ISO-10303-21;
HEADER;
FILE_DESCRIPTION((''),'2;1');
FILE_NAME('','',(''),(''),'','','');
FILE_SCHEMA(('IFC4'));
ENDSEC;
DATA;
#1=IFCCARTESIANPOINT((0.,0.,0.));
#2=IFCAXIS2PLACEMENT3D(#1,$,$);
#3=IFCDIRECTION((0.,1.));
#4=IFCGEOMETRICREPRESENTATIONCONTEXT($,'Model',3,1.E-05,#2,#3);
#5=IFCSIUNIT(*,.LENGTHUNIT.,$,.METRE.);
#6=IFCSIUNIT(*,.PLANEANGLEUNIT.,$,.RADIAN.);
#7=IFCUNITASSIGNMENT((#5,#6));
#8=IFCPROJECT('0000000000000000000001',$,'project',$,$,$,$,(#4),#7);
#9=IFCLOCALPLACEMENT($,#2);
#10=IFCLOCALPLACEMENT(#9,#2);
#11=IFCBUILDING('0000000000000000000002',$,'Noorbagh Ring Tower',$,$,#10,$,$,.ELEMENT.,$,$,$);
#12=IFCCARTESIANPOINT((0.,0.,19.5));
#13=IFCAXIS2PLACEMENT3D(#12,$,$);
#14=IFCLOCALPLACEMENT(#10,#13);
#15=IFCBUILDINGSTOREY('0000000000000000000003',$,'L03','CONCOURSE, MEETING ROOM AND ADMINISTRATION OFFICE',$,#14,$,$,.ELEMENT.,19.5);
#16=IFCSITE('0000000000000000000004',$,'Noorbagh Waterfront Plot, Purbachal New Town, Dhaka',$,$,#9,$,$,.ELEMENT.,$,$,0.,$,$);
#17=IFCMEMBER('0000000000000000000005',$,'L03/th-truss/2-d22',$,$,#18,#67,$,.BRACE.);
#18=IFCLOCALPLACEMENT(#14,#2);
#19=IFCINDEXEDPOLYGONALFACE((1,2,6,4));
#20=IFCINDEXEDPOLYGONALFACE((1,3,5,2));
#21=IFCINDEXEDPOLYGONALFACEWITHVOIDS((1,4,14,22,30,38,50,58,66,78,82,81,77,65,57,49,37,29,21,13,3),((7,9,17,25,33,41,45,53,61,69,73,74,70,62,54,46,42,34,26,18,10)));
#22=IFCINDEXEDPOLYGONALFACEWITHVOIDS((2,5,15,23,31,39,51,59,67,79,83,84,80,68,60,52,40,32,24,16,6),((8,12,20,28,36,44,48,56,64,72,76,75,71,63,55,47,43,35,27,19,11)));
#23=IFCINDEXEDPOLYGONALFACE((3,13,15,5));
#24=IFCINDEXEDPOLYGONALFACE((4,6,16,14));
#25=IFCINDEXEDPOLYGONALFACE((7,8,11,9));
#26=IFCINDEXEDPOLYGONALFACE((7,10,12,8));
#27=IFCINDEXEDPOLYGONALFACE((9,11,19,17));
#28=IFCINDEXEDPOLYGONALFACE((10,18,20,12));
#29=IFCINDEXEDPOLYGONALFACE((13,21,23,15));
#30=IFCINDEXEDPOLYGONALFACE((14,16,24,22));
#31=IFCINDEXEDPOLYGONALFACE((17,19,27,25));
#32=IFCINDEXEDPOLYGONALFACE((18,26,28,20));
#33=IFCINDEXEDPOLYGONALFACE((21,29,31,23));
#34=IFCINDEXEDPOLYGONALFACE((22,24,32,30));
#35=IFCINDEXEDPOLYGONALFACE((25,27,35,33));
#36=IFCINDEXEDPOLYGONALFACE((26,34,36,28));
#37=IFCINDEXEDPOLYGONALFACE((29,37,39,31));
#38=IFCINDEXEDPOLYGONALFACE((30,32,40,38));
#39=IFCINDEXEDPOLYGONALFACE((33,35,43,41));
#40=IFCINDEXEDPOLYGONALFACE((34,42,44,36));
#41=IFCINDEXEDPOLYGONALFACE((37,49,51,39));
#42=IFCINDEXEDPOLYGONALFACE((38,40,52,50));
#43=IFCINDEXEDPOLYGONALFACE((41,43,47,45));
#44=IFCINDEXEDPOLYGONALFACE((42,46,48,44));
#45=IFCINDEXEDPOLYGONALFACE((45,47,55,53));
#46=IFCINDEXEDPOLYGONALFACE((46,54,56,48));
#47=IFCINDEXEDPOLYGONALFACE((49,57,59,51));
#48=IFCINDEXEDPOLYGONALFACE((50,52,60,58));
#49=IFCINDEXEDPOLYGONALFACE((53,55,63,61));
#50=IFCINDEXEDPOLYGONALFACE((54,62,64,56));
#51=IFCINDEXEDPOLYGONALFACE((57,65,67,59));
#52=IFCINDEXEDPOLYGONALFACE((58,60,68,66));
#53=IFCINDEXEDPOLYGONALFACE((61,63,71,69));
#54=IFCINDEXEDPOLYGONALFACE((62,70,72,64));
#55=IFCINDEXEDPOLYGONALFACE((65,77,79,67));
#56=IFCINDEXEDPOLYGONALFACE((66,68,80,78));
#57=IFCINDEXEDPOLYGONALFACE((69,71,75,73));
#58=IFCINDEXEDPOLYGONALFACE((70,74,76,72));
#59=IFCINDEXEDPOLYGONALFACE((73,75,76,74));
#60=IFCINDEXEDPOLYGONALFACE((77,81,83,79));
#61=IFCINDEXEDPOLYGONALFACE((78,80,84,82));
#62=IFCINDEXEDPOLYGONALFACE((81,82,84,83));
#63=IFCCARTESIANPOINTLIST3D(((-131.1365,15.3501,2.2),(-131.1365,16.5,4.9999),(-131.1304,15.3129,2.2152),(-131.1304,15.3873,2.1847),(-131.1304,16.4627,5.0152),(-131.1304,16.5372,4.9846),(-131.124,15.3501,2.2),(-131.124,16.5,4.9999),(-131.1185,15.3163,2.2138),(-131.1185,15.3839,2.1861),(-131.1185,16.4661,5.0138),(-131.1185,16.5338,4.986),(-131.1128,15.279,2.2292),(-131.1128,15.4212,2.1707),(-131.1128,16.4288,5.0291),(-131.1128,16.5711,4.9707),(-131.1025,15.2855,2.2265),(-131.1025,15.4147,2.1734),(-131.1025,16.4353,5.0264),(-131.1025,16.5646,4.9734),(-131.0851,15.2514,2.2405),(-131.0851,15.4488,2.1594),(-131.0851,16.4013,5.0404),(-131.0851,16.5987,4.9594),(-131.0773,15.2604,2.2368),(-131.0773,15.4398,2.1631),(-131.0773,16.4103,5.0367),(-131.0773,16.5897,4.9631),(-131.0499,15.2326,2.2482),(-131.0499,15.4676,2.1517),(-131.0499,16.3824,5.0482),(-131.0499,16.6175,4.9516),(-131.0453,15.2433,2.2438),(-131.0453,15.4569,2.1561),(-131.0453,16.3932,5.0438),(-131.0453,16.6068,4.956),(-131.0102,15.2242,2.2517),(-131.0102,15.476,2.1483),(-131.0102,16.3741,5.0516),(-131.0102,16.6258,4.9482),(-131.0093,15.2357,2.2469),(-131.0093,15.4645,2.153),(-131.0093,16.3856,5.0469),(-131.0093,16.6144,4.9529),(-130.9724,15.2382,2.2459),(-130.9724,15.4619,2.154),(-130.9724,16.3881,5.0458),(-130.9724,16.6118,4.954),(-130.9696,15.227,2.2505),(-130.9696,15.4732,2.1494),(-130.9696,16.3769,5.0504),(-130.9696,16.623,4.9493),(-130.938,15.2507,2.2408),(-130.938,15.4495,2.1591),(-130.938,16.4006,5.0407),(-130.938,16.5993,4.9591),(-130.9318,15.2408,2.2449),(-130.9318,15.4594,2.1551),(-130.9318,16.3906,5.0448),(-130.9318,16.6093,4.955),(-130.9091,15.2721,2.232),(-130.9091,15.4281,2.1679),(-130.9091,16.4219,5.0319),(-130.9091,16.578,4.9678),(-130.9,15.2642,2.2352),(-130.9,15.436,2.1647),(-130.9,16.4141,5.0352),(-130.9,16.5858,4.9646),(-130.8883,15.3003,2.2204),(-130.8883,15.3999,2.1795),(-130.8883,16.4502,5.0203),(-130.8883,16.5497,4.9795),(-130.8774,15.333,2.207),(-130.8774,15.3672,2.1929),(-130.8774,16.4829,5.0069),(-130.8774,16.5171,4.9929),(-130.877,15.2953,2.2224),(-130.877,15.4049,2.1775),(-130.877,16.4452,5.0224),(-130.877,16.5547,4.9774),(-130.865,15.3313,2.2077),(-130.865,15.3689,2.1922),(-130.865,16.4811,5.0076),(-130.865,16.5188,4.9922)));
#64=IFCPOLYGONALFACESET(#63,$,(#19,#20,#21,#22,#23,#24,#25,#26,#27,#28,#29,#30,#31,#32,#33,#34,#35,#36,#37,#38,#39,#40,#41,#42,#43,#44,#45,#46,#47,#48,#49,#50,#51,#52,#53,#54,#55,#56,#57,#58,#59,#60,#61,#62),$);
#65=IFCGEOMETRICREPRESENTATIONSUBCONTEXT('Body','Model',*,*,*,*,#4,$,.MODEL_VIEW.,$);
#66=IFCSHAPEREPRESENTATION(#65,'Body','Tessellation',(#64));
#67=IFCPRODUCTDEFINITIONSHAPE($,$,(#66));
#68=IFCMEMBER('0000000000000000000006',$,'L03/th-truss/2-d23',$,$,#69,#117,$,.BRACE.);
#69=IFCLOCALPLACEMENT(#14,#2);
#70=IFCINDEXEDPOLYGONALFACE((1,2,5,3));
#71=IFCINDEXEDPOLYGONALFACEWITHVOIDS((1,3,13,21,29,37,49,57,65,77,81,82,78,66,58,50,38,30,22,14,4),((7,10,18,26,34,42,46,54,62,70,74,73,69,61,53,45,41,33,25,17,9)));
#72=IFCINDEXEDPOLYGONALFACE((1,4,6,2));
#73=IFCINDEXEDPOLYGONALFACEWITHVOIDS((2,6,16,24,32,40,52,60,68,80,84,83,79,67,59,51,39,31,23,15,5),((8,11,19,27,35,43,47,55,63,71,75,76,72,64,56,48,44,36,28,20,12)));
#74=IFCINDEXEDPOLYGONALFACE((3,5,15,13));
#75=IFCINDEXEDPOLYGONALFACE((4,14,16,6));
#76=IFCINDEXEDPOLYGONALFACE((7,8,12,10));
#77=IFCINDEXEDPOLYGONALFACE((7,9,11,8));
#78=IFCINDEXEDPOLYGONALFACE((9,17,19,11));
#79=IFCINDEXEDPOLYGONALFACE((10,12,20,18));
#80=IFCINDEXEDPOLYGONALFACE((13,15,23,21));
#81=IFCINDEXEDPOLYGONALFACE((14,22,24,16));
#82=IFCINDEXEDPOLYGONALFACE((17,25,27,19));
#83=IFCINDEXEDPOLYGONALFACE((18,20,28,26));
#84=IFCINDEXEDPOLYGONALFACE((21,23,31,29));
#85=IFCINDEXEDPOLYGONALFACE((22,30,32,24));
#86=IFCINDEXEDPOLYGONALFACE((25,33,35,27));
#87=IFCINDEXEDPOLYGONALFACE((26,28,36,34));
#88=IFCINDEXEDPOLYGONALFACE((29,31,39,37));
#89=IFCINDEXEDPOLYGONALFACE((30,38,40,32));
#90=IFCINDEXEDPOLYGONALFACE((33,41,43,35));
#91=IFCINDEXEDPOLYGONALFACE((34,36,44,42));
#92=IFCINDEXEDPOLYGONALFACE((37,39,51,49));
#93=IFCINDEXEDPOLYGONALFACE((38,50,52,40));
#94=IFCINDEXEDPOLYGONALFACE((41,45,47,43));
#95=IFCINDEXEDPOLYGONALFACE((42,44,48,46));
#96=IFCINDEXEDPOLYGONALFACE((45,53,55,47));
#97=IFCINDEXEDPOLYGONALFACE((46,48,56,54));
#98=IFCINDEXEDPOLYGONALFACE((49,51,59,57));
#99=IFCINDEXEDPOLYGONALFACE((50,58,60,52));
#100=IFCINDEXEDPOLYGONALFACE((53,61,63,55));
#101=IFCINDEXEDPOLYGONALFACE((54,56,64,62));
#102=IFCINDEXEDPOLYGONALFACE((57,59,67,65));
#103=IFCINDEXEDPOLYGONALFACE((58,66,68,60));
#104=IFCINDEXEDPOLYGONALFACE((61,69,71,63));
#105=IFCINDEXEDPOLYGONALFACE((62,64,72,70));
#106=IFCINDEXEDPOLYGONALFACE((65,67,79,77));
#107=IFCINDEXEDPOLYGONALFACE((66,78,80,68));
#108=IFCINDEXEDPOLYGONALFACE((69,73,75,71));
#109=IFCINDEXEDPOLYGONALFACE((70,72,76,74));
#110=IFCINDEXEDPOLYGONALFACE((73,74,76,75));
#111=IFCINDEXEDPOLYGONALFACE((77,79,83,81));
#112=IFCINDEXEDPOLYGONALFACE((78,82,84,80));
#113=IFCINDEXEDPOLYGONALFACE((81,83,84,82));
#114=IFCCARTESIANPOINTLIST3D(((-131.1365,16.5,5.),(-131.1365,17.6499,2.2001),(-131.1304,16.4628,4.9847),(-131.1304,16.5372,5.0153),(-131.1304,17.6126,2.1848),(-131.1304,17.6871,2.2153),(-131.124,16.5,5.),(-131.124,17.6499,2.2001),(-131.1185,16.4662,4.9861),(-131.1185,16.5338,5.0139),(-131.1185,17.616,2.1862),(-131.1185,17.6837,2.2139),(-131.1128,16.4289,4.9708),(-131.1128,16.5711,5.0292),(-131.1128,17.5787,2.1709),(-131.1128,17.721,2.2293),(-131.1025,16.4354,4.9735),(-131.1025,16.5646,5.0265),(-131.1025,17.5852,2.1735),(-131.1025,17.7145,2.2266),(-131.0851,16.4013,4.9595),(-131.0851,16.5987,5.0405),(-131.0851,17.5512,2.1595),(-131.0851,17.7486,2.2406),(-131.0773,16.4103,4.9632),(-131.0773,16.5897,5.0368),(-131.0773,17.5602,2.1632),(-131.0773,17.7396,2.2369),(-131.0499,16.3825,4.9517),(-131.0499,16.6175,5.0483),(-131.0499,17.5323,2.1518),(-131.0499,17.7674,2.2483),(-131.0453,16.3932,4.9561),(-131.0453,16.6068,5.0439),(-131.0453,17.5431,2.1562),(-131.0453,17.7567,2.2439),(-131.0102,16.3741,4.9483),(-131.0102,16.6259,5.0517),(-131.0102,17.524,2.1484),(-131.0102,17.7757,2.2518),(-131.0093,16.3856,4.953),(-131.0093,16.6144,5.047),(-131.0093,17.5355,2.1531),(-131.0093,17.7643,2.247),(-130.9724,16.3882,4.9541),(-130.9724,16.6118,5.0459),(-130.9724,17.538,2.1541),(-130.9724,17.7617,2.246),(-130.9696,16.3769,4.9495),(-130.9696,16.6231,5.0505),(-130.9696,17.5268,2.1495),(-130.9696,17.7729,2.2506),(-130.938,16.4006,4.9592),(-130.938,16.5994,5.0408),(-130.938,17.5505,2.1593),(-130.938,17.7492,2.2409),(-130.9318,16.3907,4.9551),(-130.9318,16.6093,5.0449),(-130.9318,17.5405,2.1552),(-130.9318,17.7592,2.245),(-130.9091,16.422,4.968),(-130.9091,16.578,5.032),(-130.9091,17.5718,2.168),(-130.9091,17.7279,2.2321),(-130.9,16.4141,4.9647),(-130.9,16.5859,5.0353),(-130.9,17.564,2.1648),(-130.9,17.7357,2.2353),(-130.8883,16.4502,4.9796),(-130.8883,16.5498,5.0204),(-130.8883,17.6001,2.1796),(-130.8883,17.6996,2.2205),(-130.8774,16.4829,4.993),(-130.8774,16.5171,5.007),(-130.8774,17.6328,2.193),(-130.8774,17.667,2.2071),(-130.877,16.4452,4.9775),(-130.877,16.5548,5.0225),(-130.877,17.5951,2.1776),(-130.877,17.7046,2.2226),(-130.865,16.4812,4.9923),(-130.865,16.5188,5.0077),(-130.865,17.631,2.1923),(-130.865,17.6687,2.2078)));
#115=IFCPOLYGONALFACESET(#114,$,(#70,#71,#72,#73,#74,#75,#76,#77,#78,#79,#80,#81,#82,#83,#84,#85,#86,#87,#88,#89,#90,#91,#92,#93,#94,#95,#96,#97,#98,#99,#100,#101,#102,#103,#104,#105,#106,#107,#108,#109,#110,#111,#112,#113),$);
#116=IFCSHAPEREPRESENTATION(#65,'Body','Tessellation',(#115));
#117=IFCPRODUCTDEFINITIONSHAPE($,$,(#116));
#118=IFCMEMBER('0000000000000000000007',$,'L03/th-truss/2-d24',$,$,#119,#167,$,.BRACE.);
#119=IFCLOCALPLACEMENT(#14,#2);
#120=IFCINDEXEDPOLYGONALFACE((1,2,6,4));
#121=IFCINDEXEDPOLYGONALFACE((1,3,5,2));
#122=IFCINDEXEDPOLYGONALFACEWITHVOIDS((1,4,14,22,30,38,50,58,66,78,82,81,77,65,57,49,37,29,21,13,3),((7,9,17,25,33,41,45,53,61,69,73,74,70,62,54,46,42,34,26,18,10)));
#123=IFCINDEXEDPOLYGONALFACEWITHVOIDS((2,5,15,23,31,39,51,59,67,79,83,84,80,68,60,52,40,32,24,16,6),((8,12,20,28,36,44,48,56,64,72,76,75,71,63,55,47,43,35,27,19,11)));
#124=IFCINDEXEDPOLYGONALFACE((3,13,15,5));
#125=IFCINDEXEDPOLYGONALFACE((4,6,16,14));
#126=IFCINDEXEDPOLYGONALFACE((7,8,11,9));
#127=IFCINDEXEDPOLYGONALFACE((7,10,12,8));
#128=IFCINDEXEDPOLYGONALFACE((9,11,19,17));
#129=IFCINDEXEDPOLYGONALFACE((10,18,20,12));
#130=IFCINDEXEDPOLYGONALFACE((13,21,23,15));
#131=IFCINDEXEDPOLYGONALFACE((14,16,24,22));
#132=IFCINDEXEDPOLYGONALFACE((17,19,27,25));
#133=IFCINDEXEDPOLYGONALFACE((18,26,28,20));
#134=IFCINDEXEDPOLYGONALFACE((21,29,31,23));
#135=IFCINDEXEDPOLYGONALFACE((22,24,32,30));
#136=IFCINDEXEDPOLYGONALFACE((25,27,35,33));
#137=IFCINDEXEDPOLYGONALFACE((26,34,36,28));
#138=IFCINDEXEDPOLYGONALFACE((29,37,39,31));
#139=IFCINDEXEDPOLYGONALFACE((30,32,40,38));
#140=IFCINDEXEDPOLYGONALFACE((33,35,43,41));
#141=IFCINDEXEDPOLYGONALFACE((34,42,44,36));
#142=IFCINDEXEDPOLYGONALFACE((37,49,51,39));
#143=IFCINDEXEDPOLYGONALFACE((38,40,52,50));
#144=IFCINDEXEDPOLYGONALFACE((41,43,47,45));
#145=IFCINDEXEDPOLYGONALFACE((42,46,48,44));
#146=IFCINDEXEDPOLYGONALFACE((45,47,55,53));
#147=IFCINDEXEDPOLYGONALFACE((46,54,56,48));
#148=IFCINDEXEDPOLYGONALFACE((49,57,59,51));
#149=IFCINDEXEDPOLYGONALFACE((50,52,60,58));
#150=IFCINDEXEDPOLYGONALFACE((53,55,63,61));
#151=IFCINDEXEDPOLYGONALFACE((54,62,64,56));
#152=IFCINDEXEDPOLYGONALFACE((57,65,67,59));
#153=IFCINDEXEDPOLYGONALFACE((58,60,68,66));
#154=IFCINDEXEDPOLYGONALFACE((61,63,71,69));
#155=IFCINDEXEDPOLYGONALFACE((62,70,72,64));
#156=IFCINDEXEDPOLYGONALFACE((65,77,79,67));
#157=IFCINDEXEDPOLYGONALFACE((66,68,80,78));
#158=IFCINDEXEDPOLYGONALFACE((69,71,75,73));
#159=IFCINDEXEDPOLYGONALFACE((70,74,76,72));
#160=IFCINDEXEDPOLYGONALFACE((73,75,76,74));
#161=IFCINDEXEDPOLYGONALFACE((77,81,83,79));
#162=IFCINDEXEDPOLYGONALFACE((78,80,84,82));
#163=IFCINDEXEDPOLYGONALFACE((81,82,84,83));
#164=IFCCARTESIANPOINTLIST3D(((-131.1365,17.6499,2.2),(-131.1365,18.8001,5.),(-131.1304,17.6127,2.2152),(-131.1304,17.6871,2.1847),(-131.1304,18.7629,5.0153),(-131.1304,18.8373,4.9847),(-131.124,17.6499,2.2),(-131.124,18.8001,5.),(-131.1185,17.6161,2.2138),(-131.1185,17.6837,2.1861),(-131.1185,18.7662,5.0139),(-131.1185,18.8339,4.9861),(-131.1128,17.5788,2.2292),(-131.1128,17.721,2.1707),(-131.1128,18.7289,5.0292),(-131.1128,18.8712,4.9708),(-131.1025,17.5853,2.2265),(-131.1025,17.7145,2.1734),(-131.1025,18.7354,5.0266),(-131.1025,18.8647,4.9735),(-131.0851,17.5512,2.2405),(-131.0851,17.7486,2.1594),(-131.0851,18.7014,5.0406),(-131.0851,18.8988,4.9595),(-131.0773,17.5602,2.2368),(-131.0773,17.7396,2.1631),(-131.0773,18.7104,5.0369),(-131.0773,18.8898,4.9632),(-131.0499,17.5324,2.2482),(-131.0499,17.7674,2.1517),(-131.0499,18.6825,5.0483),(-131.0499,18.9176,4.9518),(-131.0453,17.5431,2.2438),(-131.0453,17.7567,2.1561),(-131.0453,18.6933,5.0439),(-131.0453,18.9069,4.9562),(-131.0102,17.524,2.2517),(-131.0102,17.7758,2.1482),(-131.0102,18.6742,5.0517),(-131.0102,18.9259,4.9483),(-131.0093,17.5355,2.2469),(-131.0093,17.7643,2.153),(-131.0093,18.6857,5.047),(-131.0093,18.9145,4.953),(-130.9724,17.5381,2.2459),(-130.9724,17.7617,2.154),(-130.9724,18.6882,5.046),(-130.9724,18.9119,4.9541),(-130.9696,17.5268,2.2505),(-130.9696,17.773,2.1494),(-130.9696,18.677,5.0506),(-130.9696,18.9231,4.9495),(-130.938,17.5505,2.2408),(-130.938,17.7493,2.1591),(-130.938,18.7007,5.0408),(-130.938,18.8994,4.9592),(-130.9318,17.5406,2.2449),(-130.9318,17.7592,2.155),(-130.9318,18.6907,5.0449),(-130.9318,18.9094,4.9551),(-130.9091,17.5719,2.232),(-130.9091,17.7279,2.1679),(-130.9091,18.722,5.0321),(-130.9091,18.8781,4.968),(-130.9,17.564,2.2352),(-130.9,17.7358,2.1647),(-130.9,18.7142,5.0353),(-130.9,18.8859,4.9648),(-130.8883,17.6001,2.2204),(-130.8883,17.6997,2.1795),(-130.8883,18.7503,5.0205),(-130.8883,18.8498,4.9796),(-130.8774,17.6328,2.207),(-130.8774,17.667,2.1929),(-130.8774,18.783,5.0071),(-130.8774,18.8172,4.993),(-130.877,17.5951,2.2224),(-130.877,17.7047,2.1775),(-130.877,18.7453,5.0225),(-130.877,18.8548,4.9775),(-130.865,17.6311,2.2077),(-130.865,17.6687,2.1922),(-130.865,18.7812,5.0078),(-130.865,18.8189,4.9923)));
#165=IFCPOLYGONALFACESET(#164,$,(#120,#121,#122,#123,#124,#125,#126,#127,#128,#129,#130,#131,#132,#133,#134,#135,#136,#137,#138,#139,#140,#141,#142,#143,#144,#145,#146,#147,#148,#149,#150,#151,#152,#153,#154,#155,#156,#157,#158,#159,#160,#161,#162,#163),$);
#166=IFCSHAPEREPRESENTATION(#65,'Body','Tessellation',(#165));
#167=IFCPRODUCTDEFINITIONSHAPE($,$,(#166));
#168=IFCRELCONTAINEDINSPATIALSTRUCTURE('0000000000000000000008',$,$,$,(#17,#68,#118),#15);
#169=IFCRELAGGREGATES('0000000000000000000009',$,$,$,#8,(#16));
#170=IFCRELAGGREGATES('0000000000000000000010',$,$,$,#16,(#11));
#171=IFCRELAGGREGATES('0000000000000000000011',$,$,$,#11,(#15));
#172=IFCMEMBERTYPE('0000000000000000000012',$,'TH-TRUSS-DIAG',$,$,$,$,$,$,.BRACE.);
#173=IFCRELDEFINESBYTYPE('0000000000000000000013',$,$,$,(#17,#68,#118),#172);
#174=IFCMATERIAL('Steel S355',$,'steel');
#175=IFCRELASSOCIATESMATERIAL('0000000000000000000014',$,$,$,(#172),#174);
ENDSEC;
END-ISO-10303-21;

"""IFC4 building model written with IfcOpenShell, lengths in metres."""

from ifc_helpers import new_model, si_unit, direction, frame, origin, origin_2d, place, context, subcontext, project, spatial, hollow_circle, extrude, material, material_profile, profile_set, type_object, element, save


model = new_model("IFC4")

# Units and contexts
model_context = context("Model", 3, precision=1e-05, world=origin(), true_north=direction((0.0, 1.0)))
body_context = subcontext(model_context, "Body", "Model", "MODEL_VIEW")
ifc_project = project(units=[si_unit("LENGTHUNIT", "METRE"), si_unit("PLANEANGLEUNIT", "RADIAN")], contexts=[model_context])

# Site, building, storey
site_placement = place(None, origin())
site = spatial("IfcSite", under=ifc_project, at=site_placement, Name="Noorbagh Waterfront Plot, Purbachal New Town, Dhaka", CompositionType="ELEMENT", RefElevation=0.0)
building_placement = place(site_placement, origin())
building = spatial("IfcBuilding", under=site, at=building_placement, Name="Noorbagh Ring Tower", CompositionType="ELEMENT")
storey_placement = place(building_placement, frame((0.0, 0.0, 19.5)))
storey = spatial("IfcBuildingStorey", under=building, at=storey_placement, Name="L03", Description="CONCOURSE, MEETING ROOM AND ADMINISTRATION OFFICE", CompositionType="ELEMENT", Elevation=19.5)

# Members
ifc_material_1 = material(Name="Steel S355", Category="steel")
ifc_material_profile = material_profile(ifc_material_1, hollow_circle(Radius=0.1365, WallThickness=0.0125, at=origin_2d()), Name="CHS273x12.5")
ifc_profile_set = profile_set([ifc_material_profile], Name="Steel S355")
member_type = type_object("IfcMemberType", Name="TH-TRUSS-DIAG", PredefinedType="BRACE", material=ifc_profile_set)
for number, where, z_axis, x_axis, name in (
    (1, (-131.0, 15.3501, 2.2), (0.0, 0.379886, 0.925033), (-1.0, 0.0, 0.0), "L03/th-truss/2-d22"),
    (2, (-131.0, 16.5, 5.0), (0.0, 0.379886, -0.925033), (-1.0, 0.0, 0.0), "L03/th-truss/2-d23"),
):
    element("IfcMember", number, at=place(storey_placement, frame(where, z_axis=z_axis, x_axis=x_axis)), inside=storey, type_object=member_type, Name=name, PredefinedType="BRACE", context=body_context, shape_type="SweptSolid", body=[
        extrude(hollow_circle(Radius=0.1365, WallThickness=0.0125, at=origin_2d()), origin(), (0.0, 0.0, 1.0), 3.0269),
    ])
member_1_placement = place(storey_placement, frame((-131.0, 17.6499, 2.2), z_axis=(0.0, 0.379955, 0.925005), x_axis=(-1.0, 0.0, 0.0)))
element("IfcMember", 3, at=member_1_placement, inside=storey, type_object=member_type, Name="L03/th-truss/2-d24", PredefinedType="BRACE", context=body_context, shape_type="SweptSolid", body=[
    extrude(hollow_circle(Radius=0.1365, WallThickness=0.0125, at=origin_2d()), origin(), (0.0, 0.0, 1.0), 3.0271),
])

save(model, "model.ifc")
